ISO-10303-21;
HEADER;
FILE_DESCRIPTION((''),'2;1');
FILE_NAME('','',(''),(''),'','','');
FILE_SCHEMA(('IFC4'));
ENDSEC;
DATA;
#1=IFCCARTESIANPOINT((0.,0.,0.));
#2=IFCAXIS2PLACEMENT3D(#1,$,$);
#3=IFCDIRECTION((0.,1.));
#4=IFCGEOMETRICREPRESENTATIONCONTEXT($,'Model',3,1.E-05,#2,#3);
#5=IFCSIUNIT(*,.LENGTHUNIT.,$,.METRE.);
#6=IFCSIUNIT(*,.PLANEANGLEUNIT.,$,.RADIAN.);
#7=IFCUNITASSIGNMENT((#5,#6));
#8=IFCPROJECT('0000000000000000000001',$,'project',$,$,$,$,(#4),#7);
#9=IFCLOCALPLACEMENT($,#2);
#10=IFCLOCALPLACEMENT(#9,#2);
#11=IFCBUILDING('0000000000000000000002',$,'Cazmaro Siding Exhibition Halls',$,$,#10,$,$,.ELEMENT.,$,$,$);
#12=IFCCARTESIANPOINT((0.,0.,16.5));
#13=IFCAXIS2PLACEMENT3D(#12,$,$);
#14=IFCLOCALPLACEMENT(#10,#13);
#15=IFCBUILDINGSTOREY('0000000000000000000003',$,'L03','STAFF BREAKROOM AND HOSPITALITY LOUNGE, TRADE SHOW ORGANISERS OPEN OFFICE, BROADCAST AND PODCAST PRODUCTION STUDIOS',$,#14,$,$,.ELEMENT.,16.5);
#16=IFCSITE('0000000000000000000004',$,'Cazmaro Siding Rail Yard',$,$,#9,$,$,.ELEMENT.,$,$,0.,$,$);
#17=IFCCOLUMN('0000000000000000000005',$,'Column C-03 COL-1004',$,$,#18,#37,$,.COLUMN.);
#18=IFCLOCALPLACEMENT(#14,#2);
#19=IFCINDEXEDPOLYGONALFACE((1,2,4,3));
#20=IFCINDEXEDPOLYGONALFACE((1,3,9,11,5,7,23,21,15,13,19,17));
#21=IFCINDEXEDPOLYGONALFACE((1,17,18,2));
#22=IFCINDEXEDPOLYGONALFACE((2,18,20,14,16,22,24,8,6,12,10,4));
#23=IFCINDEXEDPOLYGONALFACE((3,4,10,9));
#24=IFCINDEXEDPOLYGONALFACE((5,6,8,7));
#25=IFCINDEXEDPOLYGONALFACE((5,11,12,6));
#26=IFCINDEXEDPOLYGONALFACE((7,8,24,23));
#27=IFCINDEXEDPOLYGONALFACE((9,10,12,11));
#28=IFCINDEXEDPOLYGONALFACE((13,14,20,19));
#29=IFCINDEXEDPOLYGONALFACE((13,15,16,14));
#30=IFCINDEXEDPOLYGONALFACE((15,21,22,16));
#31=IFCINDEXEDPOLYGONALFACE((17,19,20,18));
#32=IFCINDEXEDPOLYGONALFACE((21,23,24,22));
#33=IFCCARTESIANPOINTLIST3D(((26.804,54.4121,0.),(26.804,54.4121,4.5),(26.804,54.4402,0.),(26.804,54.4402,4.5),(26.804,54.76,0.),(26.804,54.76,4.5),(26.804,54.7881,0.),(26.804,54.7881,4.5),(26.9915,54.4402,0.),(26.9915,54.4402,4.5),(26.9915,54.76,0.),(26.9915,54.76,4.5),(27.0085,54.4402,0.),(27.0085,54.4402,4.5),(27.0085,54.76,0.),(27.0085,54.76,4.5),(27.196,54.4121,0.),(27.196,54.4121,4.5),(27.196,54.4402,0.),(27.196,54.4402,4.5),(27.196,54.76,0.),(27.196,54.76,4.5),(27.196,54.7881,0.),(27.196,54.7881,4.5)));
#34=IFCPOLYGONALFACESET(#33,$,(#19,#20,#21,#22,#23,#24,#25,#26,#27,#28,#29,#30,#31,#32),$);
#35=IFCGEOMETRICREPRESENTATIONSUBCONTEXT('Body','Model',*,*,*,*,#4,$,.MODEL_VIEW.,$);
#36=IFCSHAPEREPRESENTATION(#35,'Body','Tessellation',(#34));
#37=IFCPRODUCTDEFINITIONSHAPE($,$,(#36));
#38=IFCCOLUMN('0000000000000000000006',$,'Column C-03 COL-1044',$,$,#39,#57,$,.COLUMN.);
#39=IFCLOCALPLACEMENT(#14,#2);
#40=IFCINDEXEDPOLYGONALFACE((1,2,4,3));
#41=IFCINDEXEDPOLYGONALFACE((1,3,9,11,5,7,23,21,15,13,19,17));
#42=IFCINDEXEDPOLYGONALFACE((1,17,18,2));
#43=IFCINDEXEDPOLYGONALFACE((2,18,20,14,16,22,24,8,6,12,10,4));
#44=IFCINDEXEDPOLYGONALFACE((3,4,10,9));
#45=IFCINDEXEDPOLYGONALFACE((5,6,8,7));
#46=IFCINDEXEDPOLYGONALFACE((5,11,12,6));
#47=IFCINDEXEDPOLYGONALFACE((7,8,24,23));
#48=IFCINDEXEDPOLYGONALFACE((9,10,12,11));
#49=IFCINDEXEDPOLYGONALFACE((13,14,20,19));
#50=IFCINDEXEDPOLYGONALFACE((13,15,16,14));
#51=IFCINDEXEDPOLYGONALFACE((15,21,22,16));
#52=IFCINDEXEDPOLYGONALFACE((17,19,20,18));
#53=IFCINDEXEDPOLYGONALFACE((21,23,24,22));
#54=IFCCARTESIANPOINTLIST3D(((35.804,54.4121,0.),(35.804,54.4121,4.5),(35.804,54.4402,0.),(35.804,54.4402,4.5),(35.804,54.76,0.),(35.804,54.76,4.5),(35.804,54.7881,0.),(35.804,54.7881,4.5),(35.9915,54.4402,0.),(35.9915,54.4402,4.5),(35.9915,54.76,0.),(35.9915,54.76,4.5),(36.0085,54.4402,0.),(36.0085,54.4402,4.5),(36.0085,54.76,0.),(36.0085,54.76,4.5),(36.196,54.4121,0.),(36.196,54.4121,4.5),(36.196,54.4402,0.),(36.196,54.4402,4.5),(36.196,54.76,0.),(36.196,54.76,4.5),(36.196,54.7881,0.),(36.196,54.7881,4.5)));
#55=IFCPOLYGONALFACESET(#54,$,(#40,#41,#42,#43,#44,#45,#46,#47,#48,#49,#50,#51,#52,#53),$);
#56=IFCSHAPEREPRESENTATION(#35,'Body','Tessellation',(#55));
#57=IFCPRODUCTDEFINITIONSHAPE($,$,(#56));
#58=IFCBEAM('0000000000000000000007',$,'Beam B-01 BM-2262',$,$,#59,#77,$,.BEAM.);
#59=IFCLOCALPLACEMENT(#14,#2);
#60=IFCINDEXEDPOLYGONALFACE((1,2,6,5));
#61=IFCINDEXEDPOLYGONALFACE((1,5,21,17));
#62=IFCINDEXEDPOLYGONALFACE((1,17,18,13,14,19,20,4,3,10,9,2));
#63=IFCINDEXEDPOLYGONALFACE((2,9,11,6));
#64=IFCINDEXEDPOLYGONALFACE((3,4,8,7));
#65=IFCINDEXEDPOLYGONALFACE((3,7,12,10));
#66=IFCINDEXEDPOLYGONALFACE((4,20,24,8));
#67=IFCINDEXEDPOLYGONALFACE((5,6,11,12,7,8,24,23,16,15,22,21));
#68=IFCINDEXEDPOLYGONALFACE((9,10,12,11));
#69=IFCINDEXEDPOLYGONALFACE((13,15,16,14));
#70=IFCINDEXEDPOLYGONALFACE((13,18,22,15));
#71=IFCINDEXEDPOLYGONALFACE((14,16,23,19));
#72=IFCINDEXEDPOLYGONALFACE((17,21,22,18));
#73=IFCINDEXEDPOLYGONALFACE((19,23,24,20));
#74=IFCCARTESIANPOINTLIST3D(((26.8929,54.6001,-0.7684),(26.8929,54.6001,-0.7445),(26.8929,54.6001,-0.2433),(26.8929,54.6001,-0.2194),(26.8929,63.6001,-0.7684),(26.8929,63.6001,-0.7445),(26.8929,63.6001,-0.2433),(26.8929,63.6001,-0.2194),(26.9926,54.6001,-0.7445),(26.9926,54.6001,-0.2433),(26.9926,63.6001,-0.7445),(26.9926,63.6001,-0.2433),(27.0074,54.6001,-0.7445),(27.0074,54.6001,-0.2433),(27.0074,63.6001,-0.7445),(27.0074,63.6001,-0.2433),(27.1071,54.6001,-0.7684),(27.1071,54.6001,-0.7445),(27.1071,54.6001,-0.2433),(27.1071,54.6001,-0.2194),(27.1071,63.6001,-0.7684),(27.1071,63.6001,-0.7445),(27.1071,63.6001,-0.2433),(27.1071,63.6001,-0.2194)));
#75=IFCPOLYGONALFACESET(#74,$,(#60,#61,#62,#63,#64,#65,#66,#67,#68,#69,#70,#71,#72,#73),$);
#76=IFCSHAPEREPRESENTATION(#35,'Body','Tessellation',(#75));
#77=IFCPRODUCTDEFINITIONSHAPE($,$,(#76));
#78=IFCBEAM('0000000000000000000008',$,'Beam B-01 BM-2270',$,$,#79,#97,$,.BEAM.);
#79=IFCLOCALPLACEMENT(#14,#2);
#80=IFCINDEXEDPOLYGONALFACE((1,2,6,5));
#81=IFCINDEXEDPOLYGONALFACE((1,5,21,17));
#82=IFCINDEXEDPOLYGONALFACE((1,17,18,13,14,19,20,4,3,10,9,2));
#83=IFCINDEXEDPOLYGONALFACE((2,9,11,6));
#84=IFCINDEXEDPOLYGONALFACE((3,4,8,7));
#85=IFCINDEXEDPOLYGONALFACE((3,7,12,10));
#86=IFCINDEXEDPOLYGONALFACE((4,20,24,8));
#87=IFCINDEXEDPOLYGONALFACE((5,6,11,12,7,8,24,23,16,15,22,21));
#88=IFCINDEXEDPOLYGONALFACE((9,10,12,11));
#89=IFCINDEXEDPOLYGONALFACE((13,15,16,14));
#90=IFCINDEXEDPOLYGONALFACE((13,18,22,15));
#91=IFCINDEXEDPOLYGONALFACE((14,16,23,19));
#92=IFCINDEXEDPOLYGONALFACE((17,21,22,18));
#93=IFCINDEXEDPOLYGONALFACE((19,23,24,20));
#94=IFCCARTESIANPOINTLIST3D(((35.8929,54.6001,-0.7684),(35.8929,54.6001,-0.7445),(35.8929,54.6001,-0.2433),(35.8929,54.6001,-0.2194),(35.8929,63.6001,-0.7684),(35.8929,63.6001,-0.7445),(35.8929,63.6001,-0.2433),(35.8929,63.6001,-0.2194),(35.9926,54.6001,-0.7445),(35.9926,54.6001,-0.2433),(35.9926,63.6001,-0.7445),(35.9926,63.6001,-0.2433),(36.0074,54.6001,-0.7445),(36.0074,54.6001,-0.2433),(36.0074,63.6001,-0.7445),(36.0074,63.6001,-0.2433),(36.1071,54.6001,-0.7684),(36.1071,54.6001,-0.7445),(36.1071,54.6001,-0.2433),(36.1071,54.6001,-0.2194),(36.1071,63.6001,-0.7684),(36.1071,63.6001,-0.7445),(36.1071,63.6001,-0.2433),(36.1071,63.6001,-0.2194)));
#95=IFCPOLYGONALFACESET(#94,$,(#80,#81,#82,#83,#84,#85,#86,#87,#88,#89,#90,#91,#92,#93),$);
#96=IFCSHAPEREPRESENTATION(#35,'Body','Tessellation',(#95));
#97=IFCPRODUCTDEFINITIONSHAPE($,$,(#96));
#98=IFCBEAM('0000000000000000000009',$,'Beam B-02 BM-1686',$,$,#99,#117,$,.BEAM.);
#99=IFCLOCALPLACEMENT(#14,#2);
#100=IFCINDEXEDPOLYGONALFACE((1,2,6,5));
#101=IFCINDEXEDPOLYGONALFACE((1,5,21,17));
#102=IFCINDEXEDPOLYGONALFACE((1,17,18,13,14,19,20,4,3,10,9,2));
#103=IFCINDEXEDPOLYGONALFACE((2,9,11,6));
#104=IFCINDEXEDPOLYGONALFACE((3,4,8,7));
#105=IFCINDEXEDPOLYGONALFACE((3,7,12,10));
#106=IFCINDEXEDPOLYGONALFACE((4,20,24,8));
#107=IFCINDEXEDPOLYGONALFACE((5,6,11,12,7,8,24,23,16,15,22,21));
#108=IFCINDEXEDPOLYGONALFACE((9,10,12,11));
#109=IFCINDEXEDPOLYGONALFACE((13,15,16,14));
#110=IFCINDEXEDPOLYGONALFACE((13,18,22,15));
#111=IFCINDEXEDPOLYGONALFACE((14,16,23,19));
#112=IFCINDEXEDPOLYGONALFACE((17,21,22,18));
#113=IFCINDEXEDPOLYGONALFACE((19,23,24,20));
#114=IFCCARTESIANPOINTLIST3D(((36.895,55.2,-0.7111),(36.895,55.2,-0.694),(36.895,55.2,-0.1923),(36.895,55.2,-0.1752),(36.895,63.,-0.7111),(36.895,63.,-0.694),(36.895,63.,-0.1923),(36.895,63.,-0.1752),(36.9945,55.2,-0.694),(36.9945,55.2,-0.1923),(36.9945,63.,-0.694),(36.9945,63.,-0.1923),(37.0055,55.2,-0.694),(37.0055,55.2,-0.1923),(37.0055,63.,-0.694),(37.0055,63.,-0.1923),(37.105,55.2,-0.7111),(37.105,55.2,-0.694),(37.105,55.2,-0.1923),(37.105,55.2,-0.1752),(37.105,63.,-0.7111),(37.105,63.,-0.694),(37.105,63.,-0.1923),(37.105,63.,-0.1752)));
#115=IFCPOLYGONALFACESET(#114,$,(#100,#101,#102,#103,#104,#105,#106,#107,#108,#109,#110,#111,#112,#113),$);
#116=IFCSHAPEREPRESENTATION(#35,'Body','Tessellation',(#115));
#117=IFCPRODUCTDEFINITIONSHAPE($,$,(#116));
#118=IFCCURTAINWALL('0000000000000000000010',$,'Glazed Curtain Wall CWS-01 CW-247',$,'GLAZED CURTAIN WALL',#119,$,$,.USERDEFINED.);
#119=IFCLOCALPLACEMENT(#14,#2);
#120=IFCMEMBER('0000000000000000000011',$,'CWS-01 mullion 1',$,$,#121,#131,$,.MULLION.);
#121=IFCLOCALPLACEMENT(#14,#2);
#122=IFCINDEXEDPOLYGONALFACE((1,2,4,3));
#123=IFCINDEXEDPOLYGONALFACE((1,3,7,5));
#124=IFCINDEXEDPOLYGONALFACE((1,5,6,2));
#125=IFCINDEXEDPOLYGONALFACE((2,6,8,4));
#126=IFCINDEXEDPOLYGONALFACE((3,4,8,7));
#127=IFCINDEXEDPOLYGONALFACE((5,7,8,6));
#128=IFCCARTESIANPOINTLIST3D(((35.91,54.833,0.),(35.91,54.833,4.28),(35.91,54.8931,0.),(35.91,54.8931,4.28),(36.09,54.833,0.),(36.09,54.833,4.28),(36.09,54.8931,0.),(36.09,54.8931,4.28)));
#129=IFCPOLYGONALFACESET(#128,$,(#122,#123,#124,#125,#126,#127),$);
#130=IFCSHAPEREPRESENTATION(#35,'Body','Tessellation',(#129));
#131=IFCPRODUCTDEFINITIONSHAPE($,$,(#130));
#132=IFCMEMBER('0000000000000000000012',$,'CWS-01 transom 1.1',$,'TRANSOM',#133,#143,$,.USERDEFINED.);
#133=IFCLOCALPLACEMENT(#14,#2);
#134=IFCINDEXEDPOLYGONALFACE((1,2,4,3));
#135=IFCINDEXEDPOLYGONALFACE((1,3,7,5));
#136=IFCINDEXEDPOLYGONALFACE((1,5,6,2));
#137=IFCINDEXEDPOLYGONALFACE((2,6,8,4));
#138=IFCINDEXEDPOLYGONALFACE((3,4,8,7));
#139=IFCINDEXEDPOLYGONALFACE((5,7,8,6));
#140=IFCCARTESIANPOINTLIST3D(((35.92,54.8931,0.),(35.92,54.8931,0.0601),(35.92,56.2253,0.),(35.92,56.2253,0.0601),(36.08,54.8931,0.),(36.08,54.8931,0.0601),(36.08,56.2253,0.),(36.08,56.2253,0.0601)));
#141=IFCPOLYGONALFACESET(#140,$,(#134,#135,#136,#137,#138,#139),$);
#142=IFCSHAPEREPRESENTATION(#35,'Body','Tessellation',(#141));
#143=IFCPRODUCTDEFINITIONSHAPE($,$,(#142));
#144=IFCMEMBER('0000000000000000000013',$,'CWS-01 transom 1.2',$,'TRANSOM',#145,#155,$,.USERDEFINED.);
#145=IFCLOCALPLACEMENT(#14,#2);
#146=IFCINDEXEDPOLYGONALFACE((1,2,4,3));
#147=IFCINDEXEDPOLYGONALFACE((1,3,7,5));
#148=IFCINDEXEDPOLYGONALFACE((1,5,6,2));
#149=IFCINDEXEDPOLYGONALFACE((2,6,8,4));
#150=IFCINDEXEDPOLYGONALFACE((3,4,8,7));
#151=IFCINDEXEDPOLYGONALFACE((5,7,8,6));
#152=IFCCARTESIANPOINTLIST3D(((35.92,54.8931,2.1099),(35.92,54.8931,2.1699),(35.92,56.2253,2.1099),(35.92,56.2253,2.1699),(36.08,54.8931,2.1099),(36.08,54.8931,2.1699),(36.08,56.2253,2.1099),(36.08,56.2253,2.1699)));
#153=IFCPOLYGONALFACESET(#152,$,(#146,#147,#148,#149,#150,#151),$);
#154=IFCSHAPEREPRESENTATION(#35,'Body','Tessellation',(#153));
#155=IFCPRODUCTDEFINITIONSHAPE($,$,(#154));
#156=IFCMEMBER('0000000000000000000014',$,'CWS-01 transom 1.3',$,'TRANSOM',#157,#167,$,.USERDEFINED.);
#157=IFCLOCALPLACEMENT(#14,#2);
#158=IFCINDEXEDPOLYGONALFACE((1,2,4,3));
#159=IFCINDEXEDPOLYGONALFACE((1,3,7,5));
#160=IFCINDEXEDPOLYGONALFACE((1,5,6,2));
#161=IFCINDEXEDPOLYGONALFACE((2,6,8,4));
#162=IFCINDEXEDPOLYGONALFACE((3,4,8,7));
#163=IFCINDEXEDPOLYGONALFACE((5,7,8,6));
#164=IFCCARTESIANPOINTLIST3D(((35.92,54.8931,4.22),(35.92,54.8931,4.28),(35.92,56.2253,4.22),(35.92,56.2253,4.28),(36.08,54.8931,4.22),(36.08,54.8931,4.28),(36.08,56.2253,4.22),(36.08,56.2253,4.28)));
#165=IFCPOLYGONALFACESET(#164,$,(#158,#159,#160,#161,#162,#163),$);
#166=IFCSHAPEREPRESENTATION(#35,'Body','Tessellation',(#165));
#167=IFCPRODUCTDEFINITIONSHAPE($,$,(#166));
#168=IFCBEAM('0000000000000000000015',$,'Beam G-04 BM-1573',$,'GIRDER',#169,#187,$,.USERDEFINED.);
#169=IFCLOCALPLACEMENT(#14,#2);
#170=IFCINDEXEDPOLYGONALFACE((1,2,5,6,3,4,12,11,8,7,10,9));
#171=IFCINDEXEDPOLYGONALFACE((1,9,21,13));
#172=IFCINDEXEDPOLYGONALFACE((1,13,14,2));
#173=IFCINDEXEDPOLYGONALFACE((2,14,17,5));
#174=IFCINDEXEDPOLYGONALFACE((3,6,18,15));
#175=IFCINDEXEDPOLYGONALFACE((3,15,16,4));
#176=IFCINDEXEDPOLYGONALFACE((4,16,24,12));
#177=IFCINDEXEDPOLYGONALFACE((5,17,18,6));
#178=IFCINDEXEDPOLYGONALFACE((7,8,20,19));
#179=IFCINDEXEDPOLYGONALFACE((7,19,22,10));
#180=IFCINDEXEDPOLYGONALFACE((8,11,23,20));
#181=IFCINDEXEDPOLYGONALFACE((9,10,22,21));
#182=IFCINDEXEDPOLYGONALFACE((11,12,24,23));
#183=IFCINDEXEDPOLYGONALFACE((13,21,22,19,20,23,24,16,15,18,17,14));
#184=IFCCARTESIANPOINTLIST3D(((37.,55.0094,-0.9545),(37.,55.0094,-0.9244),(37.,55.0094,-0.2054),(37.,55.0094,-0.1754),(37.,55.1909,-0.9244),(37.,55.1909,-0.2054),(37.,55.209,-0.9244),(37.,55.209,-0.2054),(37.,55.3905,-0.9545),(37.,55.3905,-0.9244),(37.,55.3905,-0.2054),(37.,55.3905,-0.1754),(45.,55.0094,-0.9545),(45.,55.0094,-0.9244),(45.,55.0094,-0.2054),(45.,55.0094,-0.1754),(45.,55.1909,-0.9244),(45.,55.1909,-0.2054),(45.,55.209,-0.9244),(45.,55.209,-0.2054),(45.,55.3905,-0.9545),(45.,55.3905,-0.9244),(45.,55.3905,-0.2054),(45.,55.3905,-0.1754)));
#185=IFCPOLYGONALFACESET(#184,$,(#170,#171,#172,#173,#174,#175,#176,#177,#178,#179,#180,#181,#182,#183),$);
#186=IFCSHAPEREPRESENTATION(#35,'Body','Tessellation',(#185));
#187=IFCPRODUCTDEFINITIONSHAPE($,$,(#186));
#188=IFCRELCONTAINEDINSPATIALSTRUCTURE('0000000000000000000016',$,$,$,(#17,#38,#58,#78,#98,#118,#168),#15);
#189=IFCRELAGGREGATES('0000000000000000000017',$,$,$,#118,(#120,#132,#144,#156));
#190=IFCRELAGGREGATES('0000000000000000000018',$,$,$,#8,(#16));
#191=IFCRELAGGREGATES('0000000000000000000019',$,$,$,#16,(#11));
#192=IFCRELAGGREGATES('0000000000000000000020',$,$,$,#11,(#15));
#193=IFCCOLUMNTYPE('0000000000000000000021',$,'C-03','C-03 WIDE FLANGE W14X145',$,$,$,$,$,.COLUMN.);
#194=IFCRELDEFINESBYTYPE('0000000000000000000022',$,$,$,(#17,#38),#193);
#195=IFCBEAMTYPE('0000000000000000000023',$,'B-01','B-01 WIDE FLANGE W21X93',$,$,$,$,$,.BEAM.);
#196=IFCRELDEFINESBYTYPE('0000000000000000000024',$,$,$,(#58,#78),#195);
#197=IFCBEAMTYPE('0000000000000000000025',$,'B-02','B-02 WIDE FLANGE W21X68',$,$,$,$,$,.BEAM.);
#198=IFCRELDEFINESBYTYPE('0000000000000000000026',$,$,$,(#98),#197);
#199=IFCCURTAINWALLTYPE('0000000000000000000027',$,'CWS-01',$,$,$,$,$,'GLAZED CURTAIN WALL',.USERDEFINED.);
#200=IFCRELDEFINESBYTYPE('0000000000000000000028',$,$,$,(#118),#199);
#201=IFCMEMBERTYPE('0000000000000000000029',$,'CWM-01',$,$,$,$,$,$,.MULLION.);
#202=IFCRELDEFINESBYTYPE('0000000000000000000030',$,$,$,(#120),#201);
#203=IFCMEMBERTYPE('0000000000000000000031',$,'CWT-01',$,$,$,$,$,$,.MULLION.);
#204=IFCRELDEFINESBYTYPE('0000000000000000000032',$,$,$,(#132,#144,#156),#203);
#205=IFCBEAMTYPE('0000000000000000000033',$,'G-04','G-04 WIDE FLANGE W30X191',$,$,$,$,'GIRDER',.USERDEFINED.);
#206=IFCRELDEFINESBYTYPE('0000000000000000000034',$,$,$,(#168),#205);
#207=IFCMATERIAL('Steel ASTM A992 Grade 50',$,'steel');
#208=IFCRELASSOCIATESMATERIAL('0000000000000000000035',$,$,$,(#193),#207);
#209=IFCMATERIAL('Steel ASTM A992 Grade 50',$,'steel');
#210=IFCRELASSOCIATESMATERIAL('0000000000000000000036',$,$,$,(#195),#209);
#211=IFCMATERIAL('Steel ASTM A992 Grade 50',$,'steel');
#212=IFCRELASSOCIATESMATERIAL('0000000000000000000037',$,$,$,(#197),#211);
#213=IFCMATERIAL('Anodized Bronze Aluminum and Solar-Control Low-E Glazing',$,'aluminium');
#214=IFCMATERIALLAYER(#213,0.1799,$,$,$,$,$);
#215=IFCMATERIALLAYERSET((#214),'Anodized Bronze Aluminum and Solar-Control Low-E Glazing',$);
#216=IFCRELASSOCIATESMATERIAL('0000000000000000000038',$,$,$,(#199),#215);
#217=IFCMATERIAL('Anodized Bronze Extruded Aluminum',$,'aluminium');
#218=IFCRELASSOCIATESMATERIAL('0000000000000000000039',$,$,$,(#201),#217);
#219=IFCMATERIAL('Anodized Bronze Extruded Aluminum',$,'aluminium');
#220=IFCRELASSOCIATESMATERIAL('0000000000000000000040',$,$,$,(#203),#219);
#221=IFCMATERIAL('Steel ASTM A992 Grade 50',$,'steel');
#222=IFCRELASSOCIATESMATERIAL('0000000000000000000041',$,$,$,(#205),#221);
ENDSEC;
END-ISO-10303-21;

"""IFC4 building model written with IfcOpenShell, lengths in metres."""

from ifc_helpers import new_model, si_unit, direction, frame, origin, origin_2d, place, context, subcontext, project, spatial, rectangle, i_section, extrude, material, layer, layer_set, material_profile, profile_set, type_object, element, aggregate, save


model = new_model("IFC4")

# Units and contexts
model_context = context("Model", 3, precision=1e-05, world=origin(), true_north=direction((0.0, 1.0)))
body_context = subcontext(model_context, "Body", "Model", "MODEL_VIEW")
ifc_project = project(units=[si_unit("LENGTHUNIT", "METRE"), si_unit("PLANEANGLEUNIT", "RADIAN")], contexts=[model_context])

# Site, building, storey
site_placement = place(None, origin())
site = spatial("IfcSite", under=ifc_project, at=site_placement, Name="Cazmaro Siding Rail Yard", CompositionType="ELEMENT", RefElevation=0.0)
building_placement = place(site_placement, origin())
building = spatial("IfcBuilding", under=site, at=building_placement, Name="Cazmaro Siding Exhibition Halls", CompositionType="ELEMENT")
storey_placement = place(building_placement, frame((0.0, 0.0, 16.5)))
storey = spatial("IfcBuildingStorey", under=building, at=storey_placement, Name="L03", Description="STAFF BREAKROOM AND HOSPITALITY LOUNGE, TRADE SHOW ORGANISERS OPEN OFFICE, BROADCAST AND PODCAST PRODUCTION STUDIOS", CompositionType="ELEMENT", Elevation=16.5)

# Columns
ifc_material_1 = material(Name="Steel ASTM A992 Grade 50", Category="steel")
ifc_material_profile_1 = material_profile(ifc_material_1, i_section(OverallWidth=0.3921, OverallDepth=0.376, WebThickness=0.0171, FlangeThickness=0.0281, at=origin_2d()), Name="W14X145")
ifc_profile_set_1 = profile_set([ifc_material_profile_1], Name="Steel ASTM A992 Grade 50")
column_type = type_object("IfcColumnType", Name="C-03", Description="C-03 WIDE FLANGE W14X145", PredefinedType="COLUMN", material=ifc_profile_set_1)
for number, where, z_axis, x_axis, name in (
    (1, (27.0, 54.6001, 0.0), (0.0, 0.0, 1.0), (1.0, 0.0, 0.0), "Column C-03 COL-1004"),
    (2, (36.0, 54.6001, 0.0), (0.0, 0.0, 1.0), (1.0, 0.0, 0.0), "Column C-03 COL-1044"),
):
    element("IfcColumn", number, at=place(storey_placement, frame(where, z_axis=z_axis, x_axis=x_axis)), inside=storey, type_object=column_type, Name=name, PredefinedType="COLUMN", context=body_context, shape_type="SweptSolid", body=[
        extrude(i_section(OverallWidth=0.3921, OverallDepth=0.376, WebThickness=0.0171, FlangeThickness=0.0281, at=origin_2d()), origin(), (0.0, 0.0, 1.0), 4.5),
    ])

# Beams
ifc_material_2 = material(Name="Steel ASTM A992 Grade 50", Category="steel")
ifc_material_profile_2 = material_profile(ifc_material_2, i_section(OverallWidth=0.2141, OverallDepth=0.5491, WebThickness=0.0149, FlangeThickness=0.0239, at=origin_2d()), Name="W21X93")
ifc_profile_set_2 = profile_set([ifc_material_profile_2], Name="Steel ASTM A992 Grade 50")
beam_type_1 = type_object("IfcBeamType", Name="B-01", Description="B-01 WIDE FLANGE W21X93", PredefinedType="BEAM", material=ifc_profile_set_2)
for number, where, z_axis, x_axis, name in (
    (3, (27.0, 54.6001, -0.4939), (0.0, 1.0, 0.0), (-1.0, 0.0, 0.0), "Beam B-01 BM-2262"),
    (4, (36.0, 54.6001, -0.4939), (0.0, 1.0, 0.0), (-1.0, 0.0, 0.0), "Beam B-01 BM-2270"),
):
    element("IfcBeam", number, at=place(storey_placement, frame(where, z_axis=z_axis, x_axis=x_axis)), inside=storey, type_object=beam_type_1, Name=name, PredefinedType="BEAM", context=body_context, shape_type="SweptSolid", body=[
        extrude(i_section(OverallWidth=0.2141, OverallDepth=0.5491, WebThickness=0.0149, FlangeThickness=0.0239, at=origin_2d()), origin(), (0.0, 0.0, 1.0), 9.0),
    ])
ifc_material_3 = material(Name="Steel ASTM A992 Grade 50", Category="steel")
ifc_material_profile_3 = material_profile(ifc_material_3, i_section(OverallWidth=0.21, OverallDepth=0.5359, WebThickness=0.011, FlangeThickness=0.0171, at=origin_2d()), Name="W21X68")
ifc_profile_set_3 = profile_set([ifc_material_profile_3], Name="Steel ASTM A992 Grade 50")
beam_type_2 = type_object("IfcBeamType", Name="B-02", Description="B-02 WIDE FLANGE W21X68", PredefinedType="BEAM", material=ifc_profile_set_3)
beam_1_placement = place(storey_placement, frame((37.0, 55.2, -0.4431), z_axis=(0.0, 1.0, 0.0), x_axis=(-1.0, 0.0, 0.0)))
element("IfcBeam", 5, at=beam_1_placement, inside=storey, type_object=beam_type_2, Name="Beam B-02 BM-1686", PredefinedType="BEAM", context=body_context, shape_type="SweptSolid", body=[
    extrude(i_section(OverallWidth=0.21, OverallDepth=0.5359, WebThickness=0.011, FlangeThickness=0.0171, at=origin_2d()), origin(), (0.0, 0.0, 1.0), 7.8),
])

# Curtain wall, members
ifc_material_4 = material(Name="Anodized Bronze Aluminum and Solar-Control Low-E Glazing", Category="aluminium")
ifc_layer_1 = layer(ifc_material_4, 0.1799)
ifc_layer_set_1 = layer_set([ifc_layer_1], Name="Anodized Bronze Aluminum and Solar-Control Low-E Glazing")
curtain_wall_type = type_object("IfcCurtainWallType", Name="CWS-01", ElementType="GLAZED CURTAIN WALL", PredefinedType="USERDEFINED", material=ifc_layer_set_1)
curtain_wall_placement = place(storey_placement, origin())
curtain_wall = element("IfcCurtainWall", 6, at=curtain_wall_placement, inside=storey, type_object=curtain_wall_type, Name="Glazed Curtain Wall CWS-01 CW-247", ObjectType="GLAZED CURTAIN WALL", PredefinedType="USERDEFINED")
ifc_material_5 = material(Name="Anodized Bronze Extruded Aluminum", Category="aluminium")
ifc_material_profile_4 = material_profile(ifc_material_5, rectangle(XDim=0.1799, YDim=0.0601, at=origin_2d()), Name="CWM-01")
ifc_profile_set_4 = profile_set([ifc_material_profile_4], Name="Anodized Bronze Extruded Aluminum")
member_type_1 = type_object("IfcMemberType", Name="CWM-01", PredefinedType="MULLION", material=ifc_profile_set_4)
member_1_placement = place(storey_placement, frame((36.0, 54.863, 0.0), z_axis=(0.0, 0.0, 1.0), x_axis=(-1.0, 0.0, 0.0)))
member_1 = element("IfcMember", 7, at=member_1_placement, type_object=member_type_1, Name="CWS-01 mullion 1", PredefinedType="MULLION", context=body_context, shape_type="SweptSolid", body=[
    extrude(rectangle(XDim=0.1799, YDim=0.0601, at=origin_2d()), origin(), (0.0, 0.0, 1.0), 4.28),
])
ifc_material_6 = material(Name="Anodized Bronze Extruded Aluminum", Category="aluminium")
ifc_material_profile_5 = material_profile(ifc_material_6, rectangle(XDim=0.1599, YDim=0.0601, at=origin_2d()), Name="CWT-01")
ifc_profile_set_5 = profile_set([ifc_material_profile_5], Name="Anodized Bronze Extruded Aluminum")
member_type_2 = type_object("IfcMemberType", Name="CWT-01", PredefinedType="MULLION", material=ifc_profile_set_5)
member_2_placement = place(storey_placement, frame((36.0, 54.8931, 0.03), z_axis=(0.0, 1.0, 0.0), x_axis=(-1.0, 0.0, 0.0)))
member_2 = element("IfcMember", 8, at=member_2_placement, type_object=member_type_2, Name="CWS-01 transom 1.1", ObjectType="TRANSOM", PredefinedType="USERDEFINED", context=body_context, shape_type="SweptSolid", body=[
    extrude(rectangle(XDim=0.1599, YDim=0.0601, at=origin_2d()), origin(), (0.0, 0.0, 1.0), 1.3323),
])
member_3_placement = place(storey_placement, frame((36.0, 54.8931, 2.1399), z_axis=(0.0, 1.0, 0.0), x_axis=(-1.0, 0.0, 0.0)))
member_3 = element("IfcMember", 9, at=member_3_placement, type_object=member_type_2, Name="CWS-01 transom 1.2", ObjectType="TRANSOM", PredefinedType="USERDEFINED", context=body_context, shape_type="SweptSolid", body=[
    extrude(rectangle(XDim=0.1599, YDim=0.0601, at=origin_2d()), origin(), (0.0, 0.0, 1.0), 1.3323),
])
member_4_placement = place(storey_placement, frame((36.0, 54.8931, 4.25), z_axis=(0.0, 1.0, 0.0), x_axis=(-1.0, 0.0, 0.0)))
member_4 = element("IfcMember", 10, at=member_4_placement, type_object=member_type_2, Name="CWS-01 transom 1.3", ObjectType="TRANSOM", PredefinedType="USERDEFINED", context=body_context, shape_type="SweptSolid", body=[
    extrude(rectangle(XDim=0.1599, YDim=0.0601, at=origin_2d()), origin(), (0.0, 0.0, 1.0), 1.3323),
])
aggregate(curtain_wall, [member_1, member_2, member_3, member_4])

# Beam
ifc_material_7 = material(Name="Steel ASTM A992 Grade 50", Category="steel")
ifc_material_profile_6 = material_profile(ifc_material_7, i_section(OverallWidth=0.3811, OverallDepth=0.7791, WebThickness=0.0181, FlangeThickness=0.03, at=origin_2d()), Name="W30X191")
ifc_profile_set_6 = profile_set([ifc_material_profile_6], Name="Steel ASTM A992 Grade 50")
beam_type_3 = type_object("IfcBeamType", Name="G-04", Description="G-04 WIDE FLANGE W30X191", ElementType="GIRDER", PredefinedType="USERDEFINED", material=ifc_profile_set_6)
beam_2_placement = place(storey_placement, frame((37.0, 55.2, -0.5649), z_axis=(1.0, 0.0, 0.0), x_axis=(0.0, 1.0, 0.0)))
element("IfcBeam", 11, at=beam_2_placement, inside=storey, type_object=beam_type_3, Name="Beam G-04 BM-1573", ObjectType="GIRDER", PredefinedType="USERDEFINED", context=body_context, shape_type="SweptSolid", body=[
    extrude(i_section(OverallWidth=0.3811, OverallDepth=0.7791, WebThickness=0.0181, FlangeThickness=0.03, at=origin_2d()), origin(), (0.0, 0.0, 1.0), 8.0),
])

save(model, "model.ifc")
